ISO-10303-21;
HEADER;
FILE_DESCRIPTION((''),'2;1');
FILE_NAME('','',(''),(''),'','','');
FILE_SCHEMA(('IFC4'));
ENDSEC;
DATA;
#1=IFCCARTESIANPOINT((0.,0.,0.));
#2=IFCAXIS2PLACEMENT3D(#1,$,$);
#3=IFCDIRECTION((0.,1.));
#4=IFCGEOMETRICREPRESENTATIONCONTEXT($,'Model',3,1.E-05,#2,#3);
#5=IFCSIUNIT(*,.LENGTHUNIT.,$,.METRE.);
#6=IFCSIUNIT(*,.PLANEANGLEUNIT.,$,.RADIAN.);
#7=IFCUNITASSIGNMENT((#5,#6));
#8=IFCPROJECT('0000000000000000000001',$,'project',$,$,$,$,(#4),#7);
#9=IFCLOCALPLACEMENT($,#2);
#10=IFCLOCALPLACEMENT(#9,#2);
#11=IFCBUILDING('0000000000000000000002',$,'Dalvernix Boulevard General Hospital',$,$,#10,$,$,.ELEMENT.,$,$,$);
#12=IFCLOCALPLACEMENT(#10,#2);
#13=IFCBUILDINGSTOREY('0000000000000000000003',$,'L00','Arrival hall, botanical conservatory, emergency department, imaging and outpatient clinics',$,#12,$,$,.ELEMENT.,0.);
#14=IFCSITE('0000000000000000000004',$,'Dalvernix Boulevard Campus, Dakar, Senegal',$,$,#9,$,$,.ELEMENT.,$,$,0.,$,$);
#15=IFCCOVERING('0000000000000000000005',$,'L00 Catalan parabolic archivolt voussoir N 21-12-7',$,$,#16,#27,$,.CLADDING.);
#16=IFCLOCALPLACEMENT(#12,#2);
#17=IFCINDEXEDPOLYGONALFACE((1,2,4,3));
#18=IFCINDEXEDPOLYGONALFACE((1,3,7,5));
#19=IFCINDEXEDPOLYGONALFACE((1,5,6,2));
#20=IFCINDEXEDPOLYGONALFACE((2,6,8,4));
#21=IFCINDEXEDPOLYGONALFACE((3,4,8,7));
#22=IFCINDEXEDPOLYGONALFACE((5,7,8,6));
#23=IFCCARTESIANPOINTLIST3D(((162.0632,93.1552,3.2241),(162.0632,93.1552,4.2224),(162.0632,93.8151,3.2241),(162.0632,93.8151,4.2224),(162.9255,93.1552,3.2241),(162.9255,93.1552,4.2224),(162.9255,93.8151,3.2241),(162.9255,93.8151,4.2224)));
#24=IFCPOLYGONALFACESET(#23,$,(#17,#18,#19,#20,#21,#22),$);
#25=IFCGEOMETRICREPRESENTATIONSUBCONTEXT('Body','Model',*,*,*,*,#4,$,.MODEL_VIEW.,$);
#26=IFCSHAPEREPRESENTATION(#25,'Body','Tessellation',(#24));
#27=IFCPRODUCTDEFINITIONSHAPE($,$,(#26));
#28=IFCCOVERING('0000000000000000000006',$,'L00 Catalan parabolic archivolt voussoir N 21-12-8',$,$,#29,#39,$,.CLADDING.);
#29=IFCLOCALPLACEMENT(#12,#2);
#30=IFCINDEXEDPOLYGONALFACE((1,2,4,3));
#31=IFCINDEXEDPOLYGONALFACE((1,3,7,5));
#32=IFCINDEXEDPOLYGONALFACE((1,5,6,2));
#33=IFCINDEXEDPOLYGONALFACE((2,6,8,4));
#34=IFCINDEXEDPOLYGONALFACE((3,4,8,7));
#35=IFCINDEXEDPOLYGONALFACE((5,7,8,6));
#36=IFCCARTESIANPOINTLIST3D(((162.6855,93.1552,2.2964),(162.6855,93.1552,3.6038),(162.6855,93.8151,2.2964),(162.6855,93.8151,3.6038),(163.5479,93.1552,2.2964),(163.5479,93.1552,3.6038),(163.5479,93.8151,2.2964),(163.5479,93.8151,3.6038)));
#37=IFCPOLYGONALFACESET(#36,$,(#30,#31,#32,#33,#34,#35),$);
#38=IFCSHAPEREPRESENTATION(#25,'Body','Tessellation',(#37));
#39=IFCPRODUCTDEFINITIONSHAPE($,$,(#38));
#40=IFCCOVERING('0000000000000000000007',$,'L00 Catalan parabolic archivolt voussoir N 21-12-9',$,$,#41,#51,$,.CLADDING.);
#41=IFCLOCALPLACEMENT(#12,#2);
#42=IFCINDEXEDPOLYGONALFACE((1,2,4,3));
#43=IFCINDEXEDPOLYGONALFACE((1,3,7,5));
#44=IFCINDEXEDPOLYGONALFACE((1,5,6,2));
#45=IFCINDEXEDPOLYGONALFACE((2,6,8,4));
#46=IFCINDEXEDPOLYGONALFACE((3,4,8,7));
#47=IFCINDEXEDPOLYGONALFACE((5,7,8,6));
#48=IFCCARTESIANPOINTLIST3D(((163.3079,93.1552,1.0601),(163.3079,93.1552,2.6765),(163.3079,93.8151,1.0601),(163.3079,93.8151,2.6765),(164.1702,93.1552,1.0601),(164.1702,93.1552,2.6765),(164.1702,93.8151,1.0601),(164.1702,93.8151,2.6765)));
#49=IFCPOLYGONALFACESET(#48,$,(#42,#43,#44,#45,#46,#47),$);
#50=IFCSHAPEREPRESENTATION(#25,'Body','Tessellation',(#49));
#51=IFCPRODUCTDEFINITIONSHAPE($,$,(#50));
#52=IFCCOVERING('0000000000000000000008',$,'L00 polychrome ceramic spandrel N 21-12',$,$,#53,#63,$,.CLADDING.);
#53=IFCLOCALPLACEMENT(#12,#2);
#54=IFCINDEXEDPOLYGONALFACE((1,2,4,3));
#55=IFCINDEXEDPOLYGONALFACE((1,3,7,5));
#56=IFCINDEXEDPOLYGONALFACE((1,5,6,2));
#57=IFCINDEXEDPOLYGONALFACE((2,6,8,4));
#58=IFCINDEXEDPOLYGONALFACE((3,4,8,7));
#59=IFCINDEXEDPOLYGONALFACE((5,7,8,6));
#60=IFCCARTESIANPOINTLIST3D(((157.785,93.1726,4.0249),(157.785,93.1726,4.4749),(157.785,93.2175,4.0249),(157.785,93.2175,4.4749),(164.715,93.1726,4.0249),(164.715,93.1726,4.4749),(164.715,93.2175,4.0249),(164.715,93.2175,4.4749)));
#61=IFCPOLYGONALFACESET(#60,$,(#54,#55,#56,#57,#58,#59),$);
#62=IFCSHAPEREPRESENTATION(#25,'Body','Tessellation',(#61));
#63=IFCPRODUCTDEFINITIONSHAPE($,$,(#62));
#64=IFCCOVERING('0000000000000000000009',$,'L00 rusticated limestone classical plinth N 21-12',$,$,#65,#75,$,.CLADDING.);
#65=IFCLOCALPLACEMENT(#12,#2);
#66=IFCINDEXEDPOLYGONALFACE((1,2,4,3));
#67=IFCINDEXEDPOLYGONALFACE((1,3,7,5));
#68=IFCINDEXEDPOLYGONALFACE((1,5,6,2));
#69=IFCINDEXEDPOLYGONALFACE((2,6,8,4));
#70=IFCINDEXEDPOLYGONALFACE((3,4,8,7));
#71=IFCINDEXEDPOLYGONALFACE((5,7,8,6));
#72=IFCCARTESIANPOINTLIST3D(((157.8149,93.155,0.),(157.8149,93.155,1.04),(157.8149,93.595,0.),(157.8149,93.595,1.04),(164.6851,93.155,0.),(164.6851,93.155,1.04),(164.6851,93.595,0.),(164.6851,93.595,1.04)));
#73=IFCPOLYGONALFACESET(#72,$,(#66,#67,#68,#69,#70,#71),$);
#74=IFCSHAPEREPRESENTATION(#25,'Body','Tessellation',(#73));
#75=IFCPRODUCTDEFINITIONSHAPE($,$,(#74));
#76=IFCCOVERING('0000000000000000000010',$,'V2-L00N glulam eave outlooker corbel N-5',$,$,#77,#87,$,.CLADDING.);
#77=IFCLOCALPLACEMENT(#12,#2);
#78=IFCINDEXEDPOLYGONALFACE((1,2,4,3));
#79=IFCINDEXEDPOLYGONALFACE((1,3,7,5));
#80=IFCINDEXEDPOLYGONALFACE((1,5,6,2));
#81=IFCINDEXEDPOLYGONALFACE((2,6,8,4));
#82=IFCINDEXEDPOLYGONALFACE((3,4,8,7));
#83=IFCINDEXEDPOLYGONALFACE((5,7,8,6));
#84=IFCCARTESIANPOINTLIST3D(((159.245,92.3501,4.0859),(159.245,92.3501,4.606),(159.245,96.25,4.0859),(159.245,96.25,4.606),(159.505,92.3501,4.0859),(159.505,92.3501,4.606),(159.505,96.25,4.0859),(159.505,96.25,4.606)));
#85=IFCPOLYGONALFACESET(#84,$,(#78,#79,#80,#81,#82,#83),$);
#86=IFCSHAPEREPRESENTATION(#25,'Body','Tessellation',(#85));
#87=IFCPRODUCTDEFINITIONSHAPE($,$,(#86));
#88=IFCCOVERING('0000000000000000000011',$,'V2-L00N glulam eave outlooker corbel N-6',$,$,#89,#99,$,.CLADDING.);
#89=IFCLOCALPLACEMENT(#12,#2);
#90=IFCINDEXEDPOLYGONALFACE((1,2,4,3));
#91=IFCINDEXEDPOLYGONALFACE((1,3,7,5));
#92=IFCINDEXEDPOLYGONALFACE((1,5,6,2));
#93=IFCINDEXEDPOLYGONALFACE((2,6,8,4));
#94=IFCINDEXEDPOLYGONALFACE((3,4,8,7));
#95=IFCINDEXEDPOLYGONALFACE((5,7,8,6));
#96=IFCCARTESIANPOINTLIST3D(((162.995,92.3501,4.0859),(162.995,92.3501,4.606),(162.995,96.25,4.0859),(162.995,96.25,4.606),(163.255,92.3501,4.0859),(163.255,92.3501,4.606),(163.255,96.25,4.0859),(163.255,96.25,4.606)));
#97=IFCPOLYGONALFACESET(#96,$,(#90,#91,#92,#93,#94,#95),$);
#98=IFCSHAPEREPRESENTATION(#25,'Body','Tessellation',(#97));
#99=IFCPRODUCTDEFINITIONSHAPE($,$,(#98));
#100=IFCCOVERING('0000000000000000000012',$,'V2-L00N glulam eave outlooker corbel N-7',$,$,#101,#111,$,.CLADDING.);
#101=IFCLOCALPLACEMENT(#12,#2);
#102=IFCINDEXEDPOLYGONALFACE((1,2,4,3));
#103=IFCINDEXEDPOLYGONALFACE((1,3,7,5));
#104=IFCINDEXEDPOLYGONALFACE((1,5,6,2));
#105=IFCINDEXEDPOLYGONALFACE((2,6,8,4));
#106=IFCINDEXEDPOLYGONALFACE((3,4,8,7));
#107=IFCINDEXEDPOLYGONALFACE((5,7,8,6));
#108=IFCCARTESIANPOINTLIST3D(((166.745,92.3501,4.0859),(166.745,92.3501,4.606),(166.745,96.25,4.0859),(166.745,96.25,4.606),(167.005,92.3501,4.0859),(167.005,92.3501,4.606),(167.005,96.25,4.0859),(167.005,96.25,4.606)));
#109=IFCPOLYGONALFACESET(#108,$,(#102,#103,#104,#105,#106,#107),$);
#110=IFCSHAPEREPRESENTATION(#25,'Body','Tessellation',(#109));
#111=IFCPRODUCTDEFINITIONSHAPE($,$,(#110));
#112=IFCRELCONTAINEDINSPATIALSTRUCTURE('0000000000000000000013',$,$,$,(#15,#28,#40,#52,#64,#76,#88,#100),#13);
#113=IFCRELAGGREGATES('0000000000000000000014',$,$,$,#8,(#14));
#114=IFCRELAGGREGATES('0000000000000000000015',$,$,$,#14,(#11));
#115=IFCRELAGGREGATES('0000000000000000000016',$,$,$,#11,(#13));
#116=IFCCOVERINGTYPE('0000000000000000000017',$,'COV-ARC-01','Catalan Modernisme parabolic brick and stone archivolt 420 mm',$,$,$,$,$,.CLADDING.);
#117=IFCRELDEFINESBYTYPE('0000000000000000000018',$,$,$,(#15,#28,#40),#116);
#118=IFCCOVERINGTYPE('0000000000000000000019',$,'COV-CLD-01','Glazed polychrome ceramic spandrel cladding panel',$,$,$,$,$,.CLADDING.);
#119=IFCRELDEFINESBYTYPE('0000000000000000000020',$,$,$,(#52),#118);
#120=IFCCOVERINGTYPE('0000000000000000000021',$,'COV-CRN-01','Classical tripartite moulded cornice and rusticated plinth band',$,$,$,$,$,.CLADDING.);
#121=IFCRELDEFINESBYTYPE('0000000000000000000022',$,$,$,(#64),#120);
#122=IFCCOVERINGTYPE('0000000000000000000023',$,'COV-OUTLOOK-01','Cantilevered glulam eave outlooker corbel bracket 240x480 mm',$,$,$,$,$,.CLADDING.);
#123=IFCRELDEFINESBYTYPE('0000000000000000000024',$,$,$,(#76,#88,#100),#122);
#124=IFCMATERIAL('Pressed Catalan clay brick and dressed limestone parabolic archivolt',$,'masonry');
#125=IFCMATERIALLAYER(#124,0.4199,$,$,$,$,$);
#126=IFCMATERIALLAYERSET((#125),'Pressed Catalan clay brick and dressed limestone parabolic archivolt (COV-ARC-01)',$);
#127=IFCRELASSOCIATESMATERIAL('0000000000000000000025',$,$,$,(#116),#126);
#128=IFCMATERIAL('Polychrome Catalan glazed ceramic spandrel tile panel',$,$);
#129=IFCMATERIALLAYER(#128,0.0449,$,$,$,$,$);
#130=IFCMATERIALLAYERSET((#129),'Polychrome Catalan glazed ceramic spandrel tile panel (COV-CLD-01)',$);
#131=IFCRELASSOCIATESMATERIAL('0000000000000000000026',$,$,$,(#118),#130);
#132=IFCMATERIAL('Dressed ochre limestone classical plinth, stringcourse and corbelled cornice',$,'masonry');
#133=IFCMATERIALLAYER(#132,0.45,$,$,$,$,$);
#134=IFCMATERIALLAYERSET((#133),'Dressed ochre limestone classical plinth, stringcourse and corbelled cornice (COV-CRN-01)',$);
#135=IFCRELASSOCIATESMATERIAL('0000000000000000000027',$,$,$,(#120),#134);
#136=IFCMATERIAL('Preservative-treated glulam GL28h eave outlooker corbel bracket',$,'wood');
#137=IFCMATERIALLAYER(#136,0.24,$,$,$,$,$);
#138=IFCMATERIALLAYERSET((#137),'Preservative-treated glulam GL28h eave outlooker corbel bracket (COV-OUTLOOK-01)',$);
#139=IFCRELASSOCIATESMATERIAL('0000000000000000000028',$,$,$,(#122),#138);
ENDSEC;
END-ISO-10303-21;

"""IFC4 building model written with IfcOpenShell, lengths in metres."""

from ifc_helpers import new_model, si_unit, direction, frame, origin, origin_2d, place, context, subcontext, project, spatial, rectangle, extrude, material, layer, layer_set, type_object, element, save


model = new_model("IFC4")

# Units and contexts
model_context = context("Model", 3, precision=1e-05, world=origin(), true_north=direction((0.0, 1.0)))
body_context = subcontext(model_context, "Body", "Model", "MODEL_VIEW")
ifc_project = project(units=[si_unit("LENGTHUNIT", "METRE"), si_unit("PLANEANGLEUNIT", "RADIAN")], contexts=[model_context])

# Site, building, storey
site_placement = place(None, origin())
site = spatial("IfcSite", under=ifc_project, at=site_placement, Name="Dalvernix Boulevard Campus, Dakar, Senegal", CompositionType="ELEMENT", RefElevation=0.0)
building_placement = place(site_placement, origin())
building = spatial("IfcBuilding", under=site, at=building_placement, Name="Dalvernix Boulevard General Hospital", CompositionType="ELEMENT")
storey_placement = place(building_placement, origin())
storey = spatial("IfcBuildingStorey", under=building, at=storey_placement, Name="L00", Description="Arrival hall, botanical conservatory, emergency department, imaging and outpatient clinics", CompositionType="ELEMENT", Elevation=0.0)

# Coverings
ifc_material_1 = material(Name="Pressed Catalan clay brick and dressed limestone parabolic archivolt", Category="masonry")
ifc_layer_1 = layer(ifc_material_1, 0.4199)
ifc_layer_set_1 = layer_set([ifc_layer_1], Name="Pressed Catalan clay brick and dressed limestone parabolic archivolt (COV-ARC-01)")
covering_type_1 = type_object("IfcCoveringType", Name="COV-ARC-01", Description="Catalan Modernisme parabolic brick and stone archivolt 420 mm", PredefinedType="CLADDING", material=ifc_layer_set_1)
covering_1_placement = place(storey_placement, frame((162.4944, 93.4851, 3.2241), z_axis=(0.0, 0.0, 1.0), x_axis=(1.0, 0.0, 0.0)))
element("IfcCovering", 1, at=covering_1_placement, inside=storey, type_object=covering_type_1, Name="L00 Catalan parabolic archivolt voussoir N 21-12-7", PredefinedType="CLADDING", context=body_context, shape_type="SweptSolid", body=[
    extrude(rectangle(XDim=0.8623, YDim=0.6599, at=origin_2d()), origin(), (0.0, 0.0, 1.0), 0.9983),
])
covering_2_placement = place(storey_placement, frame((163.1167, 93.4851, 2.2964), z_axis=(0.0, 0.0, 1.0), x_axis=(1.0, 0.0, 0.0)))
element("IfcCovering", 2, at=covering_2_placement, inside=storey, type_object=covering_type_1, Name="L00 Catalan parabolic archivolt voussoir N 21-12-8", PredefinedType="CLADDING", context=body_context, shape_type="SweptSolid", body=[
    extrude(rectangle(XDim=0.8623, YDim=0.6599, at=origin_2d()), origin(), (0.0, 0.0, 1.0), 1.3074),
])
covering_3_placement = place(storey_placement, frame((163.739, 93.4851, 1.0601), z_axis=(0.0, 0.0, 1.0), x_axis=(1.0, 0.0, 0.0)))
element("IfcCovering", 3, at=covering_3_placement, inside=storey, type_object=covering_type_1, Name="L00 Catalan parabolic archivolt voussoir N 21-12-9", PredefinedType="CLADDING", context=body_context, shape_type="SweptSolid", body=[
    extrude(rectangle(XDim=0.8623, YDim=0.6599, at=origin_2d()), origin(), (0.0, 0.0, 1.0), 1.6165),
])
ifc_material_2 = material(Name="Polychrome Catalan glazed ceramic spandrel tile panel")
ifc_layer_2 = layer(ifc_material_2, 0.0449)
ifc_layer_set_2 = layer_set([ifc_layer_2], Name="Polychrome Catalan glazed ceramic spandrel tile panel (COV-CLD-01)")
covering_type_2 = type_object("IfcCoveringType", Name="COV-CLD-01", Description="Glazed polychrome ceramic spandrel cladding panel", PredefinedType="CLADDING", material=ifc_layer_set_2)
covering_4_placement = place(storey_placement, frame((161.25, 93.1951, 4.0249), z_axis=(0.0, 0.0, 1.0), x_axis=(1.0, 0.0, 0.0)))
element("IfcCovering", 4, at=covering_4_placement, inside=storey, type_object=covering_type_2, Name="L00 polychrome ceramic spandrel N 21-12", PredefinedType="CLADDING", context=body_context, shape_type="SweptSolid", body=[
    extrude(rectangle(XDim=6.9299, YDim=0.0449, at=origin_2d()), origin(), (0.0, 0.0, 1.0), 0.45),
])
ifc_material_3 = material(Name="Dressed ochre limestone classical plinth, stringcourse and corbelled cornice", Category="masonry")
ifc_layer_3 = layer(ifc_material_3, 0.45)
ifc_layer_set_3 = layer_set([ifc_layer_3], Name="Dressed ochre limestone classical plinth, stringcourse and corbelled cornice (COV-CRN-01)")
covering_type_3 = type_object("IfcCoveringType", Name="COV-CRN-01", Description="Classical tripartite moulded cornice and rusticated plinth band", PredefinedType="CLADDING", material=ifc_layer_set_3)
covering_5_placement = place(storey_placement, frame((161.25, 93.375, 0.0), z_axis=(0.0, 0.0, 1.0), x_axis=(1.0, 0.0, 0.0)))
element("IfcCovering", 5, at=covering_5_placement, inside=storey, type_object=covering_type_3, Name="L00 rusticated limestone classical plinth N 21-12", PredefinedType="CLADDING", context=body_context, shape_type="SweptSolid", body=[
    extrude(rectangle(XDim=6.8701, YDim=0.4399, at=origin_2d()), origin(), (0.0, 0.0, 1.0), 1.04),
])
ifc_material_4 = material(Name="Preservative-treated glulam GL28h eave outlooker corbel bracket", Category="wood")
ifc_layer_4 = layer(ifc_material_4, 0.24)
ifc_layer_set_4 = layer_set([ifc_layer_4], Name="Preservative-treated glulam GL28h eave outlooker corbel bracket (COV-OUTLOOK-01)")
covering_type_4 = type_object("IfcCoveringType", Name="COV-OUTLOOK-01", Description="Cantilevered glulam eave outlooker corbel bracket 240x480 mm", PredefinedType="CLADDING", material=ifc_layer_set_4)
for number, where, z_axis, x_axis, name in (
    (6, (159.375, 94.3, 4.0859), (0.0, 0.0, 1.0), (1.0, 0.0, 0.0), "V2-L00N glulam eave outlooker corbel N-5"),
    (7, (163.125, 94.3, 4.0859), (0.0, 0.0, 1.0), (1.0, 0.0, 0.0), "V2-L00N glulam eave outlooker corbel N-6"),
    (8, (166.875, 94.3, 4.0859), (0.0, 0.0, 1.0), (1.0, 0.0, 0.0), "V2-L00N glulam eave outlooker corbel N-7"),
):
    element("IfcCovering", number, at=place(storey_placement, frame(where, z_axis=z_axis, x_axis=x_axis)), inside=storey, type_object=covering_type_4, Name=name, PredefinedType="CLADDING", context=body_context, shape_type="SweptSolid", body=[
        extrude(rectangle(XDim=0.26, YDim=3.8999, at=origin_2d()), origin(), (0.0, 0.0, 1.0), 0.52),
    ])

save(model, "model.ifc")
